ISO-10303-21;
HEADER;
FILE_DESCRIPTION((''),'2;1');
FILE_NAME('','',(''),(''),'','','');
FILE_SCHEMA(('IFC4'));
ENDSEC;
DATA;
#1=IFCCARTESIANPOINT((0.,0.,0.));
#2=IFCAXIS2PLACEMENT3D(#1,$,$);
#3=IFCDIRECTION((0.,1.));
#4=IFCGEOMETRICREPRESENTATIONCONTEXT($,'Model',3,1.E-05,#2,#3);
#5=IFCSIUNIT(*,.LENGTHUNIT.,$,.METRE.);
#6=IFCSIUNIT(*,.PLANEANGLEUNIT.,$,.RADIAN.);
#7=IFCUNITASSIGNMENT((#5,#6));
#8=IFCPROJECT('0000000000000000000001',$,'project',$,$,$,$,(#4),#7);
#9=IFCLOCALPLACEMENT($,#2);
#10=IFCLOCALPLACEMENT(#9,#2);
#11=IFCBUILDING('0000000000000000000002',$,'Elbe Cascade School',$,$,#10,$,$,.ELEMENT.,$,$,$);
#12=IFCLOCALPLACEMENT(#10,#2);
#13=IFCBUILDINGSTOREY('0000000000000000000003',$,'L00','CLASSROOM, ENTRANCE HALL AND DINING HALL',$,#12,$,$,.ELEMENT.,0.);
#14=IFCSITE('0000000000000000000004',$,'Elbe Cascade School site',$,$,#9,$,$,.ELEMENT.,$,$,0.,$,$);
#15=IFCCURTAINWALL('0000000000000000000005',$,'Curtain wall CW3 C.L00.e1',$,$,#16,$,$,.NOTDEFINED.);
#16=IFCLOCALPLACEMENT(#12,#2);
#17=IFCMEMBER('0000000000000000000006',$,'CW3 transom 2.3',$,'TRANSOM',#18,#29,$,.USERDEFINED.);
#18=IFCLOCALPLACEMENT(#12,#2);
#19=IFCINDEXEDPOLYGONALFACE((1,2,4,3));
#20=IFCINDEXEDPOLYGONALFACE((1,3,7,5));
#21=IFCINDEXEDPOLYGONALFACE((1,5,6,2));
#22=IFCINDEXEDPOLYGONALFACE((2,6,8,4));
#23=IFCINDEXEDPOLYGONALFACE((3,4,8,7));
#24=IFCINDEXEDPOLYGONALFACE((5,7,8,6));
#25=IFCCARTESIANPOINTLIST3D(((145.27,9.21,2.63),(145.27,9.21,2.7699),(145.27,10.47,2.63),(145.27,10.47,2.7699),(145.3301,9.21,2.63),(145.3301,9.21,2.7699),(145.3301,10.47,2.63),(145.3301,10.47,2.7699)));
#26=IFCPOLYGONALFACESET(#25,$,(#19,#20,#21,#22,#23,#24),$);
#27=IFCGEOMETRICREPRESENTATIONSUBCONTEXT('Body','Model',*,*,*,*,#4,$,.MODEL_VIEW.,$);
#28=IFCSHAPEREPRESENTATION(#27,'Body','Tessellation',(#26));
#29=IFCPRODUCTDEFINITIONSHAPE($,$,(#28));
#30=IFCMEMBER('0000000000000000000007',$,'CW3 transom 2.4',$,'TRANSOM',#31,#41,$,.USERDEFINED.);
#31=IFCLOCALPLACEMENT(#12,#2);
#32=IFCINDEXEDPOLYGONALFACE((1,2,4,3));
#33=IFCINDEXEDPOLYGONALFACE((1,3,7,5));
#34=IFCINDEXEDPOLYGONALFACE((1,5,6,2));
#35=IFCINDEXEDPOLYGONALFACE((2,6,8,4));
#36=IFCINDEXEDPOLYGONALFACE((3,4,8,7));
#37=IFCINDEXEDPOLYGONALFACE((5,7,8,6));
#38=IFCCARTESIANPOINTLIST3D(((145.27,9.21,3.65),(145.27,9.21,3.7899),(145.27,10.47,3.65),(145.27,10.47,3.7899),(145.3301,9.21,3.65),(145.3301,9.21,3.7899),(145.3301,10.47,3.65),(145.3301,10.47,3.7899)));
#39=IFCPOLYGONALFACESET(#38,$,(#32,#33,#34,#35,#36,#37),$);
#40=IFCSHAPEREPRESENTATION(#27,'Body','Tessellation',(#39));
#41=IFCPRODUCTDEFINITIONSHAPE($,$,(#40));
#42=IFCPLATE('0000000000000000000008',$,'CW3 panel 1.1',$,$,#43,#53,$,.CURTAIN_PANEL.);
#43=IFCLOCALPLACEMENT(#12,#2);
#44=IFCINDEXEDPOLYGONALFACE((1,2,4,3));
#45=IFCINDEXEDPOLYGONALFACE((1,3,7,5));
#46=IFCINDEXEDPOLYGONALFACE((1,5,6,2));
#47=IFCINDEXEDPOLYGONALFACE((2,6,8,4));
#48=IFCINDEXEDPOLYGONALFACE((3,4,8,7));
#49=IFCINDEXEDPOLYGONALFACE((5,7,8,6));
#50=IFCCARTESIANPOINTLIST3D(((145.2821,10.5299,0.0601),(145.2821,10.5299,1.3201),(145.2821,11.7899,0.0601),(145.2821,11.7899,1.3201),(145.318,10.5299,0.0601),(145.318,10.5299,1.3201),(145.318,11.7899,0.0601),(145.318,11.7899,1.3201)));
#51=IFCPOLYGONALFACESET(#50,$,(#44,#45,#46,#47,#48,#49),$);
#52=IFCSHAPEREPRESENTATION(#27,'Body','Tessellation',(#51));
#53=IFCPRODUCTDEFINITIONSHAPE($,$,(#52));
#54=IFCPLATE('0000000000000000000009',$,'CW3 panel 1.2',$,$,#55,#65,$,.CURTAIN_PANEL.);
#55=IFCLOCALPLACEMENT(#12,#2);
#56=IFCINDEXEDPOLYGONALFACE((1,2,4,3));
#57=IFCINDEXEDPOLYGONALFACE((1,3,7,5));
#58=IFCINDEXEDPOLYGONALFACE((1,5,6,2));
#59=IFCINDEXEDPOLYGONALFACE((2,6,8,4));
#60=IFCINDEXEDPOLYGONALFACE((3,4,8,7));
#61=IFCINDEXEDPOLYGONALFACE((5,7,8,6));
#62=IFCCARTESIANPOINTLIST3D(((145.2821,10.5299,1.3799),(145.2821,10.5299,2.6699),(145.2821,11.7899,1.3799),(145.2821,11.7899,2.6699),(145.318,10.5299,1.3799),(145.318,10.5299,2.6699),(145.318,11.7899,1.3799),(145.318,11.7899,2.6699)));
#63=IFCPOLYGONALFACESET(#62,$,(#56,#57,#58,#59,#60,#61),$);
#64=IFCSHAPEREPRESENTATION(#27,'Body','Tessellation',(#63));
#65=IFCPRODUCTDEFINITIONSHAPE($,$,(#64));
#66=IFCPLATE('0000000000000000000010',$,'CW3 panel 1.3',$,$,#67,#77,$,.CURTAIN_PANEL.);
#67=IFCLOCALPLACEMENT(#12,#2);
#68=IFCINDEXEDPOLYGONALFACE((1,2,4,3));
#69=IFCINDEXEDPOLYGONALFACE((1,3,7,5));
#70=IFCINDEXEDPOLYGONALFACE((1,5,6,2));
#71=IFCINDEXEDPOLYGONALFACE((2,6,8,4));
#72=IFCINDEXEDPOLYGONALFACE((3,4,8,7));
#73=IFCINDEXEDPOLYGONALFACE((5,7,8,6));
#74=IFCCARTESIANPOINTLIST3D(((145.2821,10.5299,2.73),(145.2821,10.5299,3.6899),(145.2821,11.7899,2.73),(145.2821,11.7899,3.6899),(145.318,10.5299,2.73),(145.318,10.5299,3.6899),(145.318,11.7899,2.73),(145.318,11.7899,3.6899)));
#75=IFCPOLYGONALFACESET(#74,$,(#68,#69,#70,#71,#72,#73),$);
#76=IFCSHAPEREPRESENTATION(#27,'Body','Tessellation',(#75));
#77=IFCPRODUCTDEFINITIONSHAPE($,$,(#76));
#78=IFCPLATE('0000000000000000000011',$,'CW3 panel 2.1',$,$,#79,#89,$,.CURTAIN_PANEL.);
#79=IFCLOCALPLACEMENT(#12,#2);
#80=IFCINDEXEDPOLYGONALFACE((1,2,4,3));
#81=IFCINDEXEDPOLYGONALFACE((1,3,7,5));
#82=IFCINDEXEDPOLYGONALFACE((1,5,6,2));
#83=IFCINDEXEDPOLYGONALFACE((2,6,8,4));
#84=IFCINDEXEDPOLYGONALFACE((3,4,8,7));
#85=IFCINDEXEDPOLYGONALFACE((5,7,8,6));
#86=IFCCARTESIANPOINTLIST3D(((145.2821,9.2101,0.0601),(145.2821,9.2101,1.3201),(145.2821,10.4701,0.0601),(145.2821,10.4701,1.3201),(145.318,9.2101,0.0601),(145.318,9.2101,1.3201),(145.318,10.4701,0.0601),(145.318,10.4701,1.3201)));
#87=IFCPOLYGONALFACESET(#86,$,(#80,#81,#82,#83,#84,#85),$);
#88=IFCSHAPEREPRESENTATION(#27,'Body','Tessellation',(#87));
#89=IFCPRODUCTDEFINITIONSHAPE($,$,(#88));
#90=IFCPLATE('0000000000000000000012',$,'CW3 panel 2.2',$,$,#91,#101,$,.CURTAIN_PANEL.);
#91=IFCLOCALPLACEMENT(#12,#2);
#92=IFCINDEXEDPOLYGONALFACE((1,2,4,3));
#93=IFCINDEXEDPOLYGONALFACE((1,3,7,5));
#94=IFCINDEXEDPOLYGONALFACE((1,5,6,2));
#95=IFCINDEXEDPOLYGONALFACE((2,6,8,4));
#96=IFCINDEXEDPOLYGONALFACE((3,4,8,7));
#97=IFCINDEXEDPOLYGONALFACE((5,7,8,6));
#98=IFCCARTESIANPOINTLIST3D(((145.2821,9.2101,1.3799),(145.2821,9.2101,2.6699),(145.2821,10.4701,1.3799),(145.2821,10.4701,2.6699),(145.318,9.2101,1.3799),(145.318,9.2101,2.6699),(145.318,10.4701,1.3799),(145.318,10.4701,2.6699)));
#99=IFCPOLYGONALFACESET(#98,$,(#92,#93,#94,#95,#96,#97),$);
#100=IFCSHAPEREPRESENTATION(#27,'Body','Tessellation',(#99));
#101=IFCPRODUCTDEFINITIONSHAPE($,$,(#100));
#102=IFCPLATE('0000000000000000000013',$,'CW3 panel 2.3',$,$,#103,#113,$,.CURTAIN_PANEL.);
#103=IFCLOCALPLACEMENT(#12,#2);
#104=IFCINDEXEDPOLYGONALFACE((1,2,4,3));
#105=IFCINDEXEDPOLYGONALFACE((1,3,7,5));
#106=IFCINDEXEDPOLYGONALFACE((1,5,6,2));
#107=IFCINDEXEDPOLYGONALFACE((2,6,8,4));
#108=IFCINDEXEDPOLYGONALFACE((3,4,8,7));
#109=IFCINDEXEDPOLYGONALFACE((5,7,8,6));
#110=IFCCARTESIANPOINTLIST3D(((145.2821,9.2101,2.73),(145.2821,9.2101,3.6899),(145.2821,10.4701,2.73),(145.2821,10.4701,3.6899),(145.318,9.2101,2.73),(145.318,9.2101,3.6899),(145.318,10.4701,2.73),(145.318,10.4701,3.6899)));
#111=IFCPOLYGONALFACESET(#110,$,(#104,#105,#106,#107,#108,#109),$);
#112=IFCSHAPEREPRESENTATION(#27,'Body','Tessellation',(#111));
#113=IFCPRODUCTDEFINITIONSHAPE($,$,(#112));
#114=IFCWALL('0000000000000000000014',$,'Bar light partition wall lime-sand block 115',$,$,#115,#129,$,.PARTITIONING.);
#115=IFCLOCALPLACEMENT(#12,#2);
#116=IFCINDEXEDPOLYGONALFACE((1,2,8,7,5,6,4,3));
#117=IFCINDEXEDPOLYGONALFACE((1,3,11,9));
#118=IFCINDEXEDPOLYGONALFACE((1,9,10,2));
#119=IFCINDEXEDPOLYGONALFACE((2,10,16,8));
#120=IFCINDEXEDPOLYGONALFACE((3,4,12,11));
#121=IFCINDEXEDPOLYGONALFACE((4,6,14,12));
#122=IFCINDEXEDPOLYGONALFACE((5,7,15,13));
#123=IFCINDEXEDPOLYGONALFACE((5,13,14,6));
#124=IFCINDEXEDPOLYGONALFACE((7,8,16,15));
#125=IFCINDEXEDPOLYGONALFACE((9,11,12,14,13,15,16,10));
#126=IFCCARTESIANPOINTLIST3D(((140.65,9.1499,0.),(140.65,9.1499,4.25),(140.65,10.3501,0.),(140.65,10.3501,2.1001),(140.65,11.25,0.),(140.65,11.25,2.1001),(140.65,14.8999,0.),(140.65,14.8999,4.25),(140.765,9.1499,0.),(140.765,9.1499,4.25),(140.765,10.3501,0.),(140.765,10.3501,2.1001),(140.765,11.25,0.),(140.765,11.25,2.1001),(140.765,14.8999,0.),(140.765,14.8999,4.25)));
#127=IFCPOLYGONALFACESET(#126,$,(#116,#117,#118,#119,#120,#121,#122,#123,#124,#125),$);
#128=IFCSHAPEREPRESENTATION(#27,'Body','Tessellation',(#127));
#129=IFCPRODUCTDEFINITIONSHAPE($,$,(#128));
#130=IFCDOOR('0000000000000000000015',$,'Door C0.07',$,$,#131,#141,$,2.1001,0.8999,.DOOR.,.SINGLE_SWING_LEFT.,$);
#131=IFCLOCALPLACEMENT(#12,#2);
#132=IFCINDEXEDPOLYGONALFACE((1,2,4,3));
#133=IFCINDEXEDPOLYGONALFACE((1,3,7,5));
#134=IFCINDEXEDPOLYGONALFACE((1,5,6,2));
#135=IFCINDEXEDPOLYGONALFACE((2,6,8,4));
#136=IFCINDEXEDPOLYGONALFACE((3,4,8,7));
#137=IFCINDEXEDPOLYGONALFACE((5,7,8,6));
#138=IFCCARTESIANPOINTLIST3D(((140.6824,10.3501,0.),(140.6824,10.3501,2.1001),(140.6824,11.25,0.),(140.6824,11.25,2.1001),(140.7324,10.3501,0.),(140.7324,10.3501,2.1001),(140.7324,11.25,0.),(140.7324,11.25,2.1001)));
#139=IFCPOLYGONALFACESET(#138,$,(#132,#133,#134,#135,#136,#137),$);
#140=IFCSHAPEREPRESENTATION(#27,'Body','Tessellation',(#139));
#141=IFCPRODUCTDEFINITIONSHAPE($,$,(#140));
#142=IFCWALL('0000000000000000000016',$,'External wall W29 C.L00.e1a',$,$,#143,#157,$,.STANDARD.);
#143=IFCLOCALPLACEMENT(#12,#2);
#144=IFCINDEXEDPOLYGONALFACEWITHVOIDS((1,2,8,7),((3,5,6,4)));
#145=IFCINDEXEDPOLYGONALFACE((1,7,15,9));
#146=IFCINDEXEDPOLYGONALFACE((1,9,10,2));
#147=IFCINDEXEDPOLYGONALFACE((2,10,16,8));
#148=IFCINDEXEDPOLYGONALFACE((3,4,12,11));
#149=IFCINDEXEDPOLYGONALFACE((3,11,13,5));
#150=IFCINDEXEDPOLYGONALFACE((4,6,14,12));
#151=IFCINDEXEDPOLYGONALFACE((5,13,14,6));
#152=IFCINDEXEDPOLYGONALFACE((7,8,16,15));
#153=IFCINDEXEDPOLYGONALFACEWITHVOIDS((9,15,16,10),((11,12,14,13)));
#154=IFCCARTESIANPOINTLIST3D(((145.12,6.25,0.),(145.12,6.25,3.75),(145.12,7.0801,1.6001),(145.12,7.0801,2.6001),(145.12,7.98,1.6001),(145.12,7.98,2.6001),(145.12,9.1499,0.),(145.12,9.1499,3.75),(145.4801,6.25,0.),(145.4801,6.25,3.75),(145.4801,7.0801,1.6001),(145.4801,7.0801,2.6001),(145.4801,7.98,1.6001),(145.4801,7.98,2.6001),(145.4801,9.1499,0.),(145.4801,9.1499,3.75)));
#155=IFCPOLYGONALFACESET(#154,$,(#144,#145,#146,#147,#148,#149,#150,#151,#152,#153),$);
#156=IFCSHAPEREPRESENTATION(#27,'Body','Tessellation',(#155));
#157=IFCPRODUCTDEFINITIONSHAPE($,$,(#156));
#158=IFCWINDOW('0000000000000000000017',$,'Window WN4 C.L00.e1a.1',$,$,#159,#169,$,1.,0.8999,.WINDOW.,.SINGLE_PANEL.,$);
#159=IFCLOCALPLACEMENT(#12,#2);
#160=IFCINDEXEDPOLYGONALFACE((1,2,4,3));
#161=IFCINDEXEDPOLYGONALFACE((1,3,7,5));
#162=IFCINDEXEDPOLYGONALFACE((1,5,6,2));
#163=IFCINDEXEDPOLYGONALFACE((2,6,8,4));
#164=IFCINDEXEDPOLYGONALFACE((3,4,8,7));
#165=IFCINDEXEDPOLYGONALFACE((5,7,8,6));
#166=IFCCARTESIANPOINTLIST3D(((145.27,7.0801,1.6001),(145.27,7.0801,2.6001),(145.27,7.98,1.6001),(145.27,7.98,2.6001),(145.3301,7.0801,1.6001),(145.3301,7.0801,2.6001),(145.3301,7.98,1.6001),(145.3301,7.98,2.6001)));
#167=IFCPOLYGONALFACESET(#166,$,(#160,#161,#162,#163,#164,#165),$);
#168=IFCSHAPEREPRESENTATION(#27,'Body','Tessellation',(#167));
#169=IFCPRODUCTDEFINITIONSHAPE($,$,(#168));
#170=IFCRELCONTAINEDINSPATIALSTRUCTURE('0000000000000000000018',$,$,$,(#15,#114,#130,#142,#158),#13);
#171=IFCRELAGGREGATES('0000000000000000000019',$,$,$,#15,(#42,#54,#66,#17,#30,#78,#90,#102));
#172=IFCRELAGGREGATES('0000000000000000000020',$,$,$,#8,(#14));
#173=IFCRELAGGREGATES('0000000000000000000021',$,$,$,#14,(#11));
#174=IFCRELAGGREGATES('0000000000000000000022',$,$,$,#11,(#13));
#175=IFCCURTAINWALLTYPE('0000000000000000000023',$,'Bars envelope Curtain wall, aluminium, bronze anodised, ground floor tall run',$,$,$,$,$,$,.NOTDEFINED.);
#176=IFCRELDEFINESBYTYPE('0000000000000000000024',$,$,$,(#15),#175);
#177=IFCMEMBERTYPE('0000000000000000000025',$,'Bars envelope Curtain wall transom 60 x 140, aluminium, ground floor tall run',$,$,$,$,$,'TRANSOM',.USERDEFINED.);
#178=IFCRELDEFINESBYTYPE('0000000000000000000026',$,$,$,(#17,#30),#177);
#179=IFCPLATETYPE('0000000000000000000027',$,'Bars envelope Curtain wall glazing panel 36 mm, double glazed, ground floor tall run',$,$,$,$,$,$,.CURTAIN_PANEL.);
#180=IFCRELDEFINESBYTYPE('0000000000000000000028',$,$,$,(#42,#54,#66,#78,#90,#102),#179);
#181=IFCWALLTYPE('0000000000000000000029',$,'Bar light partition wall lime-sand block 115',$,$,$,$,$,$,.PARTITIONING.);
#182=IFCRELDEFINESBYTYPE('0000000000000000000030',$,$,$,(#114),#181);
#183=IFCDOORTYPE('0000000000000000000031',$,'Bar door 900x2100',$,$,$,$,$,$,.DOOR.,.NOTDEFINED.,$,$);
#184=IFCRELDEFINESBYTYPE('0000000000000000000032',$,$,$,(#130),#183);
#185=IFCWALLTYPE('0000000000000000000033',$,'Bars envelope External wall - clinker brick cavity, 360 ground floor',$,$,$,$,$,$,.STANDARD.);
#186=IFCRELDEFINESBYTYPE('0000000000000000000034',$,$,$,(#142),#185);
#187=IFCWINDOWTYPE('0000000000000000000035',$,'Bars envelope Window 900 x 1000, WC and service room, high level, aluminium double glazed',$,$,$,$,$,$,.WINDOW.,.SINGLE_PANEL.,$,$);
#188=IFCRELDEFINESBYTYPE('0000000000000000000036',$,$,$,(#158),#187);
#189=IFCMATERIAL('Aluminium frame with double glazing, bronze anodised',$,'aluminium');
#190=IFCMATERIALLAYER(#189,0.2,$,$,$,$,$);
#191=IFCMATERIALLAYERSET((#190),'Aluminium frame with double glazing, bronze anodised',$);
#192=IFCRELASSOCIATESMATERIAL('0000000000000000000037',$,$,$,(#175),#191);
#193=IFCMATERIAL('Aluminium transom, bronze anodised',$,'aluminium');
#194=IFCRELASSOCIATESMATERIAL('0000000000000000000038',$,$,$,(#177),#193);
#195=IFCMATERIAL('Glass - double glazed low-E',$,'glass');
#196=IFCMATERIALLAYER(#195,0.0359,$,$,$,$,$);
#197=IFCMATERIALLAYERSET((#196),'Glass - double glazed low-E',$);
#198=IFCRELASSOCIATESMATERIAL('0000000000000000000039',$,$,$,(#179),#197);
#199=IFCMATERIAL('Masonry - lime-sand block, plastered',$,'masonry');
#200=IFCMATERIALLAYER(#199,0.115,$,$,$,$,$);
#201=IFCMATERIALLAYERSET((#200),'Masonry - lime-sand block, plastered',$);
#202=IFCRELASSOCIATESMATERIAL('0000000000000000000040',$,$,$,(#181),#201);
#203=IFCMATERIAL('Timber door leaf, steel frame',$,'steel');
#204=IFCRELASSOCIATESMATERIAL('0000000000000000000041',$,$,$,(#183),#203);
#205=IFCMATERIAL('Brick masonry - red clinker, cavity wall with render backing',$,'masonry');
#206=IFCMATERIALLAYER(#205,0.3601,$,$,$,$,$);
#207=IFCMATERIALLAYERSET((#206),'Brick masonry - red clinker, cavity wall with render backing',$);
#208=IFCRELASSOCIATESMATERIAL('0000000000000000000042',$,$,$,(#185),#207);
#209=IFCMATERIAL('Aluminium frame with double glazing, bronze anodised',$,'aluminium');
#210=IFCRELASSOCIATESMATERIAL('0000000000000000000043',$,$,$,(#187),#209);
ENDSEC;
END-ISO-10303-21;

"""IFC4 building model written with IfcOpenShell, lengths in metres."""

from ifc_helpers import new_model, si_unit, direction, frame, frame_2d, origin, origin_2d, place, context, subcontext, project, spatial, rectangle, extrude, material, layer, layer_set, material_profile, profile_set, type_object, element, fill, aggregate, save


model = new_model("IFC4")

# Units and contexts
model_context = context("Model", 3, precision=1e-05, world=origin(), true_north=direction((0.0, 1.0)))
body_context = subcontext(model_context, "Body", "Model", "MODEL_VIEW")
ifc_project = project(units=[si_unit("LENGTHUNIT", "METRE"), si_unit("PLANEANGLEUNIT", "RADIAN")], contexts=[model_context])

# Site, building, storey
site_placement = place(None, origin())
site = spatial("IfcSite", under=ifc_project, at=site_placement, Name="Elbe Cascade School site", CompositionType="ELEMENT", RefElevation=0.0)
building_placement = place(site_placement, origin())
building = spatial("IfcBuilding", under=site, at=building_placement, Name="Elbe Cascade School", CompositionType="ELEMENT")
storey_placement = place(building_placement, origin())
storey = spatial("IfcBuildingStorey", under=building, at=storey_placement, Name="L00", Description="CLASSROOM, ENTRANCE HALL AND DINING HALL", CompositionType="ELEMENT", Elevation=0.0)

# Curtain wall, members, plates
ifc_material_1 = material(Name="Aluminium frame with double glazing, bronze anodised", Category="aluminium")
ifc_layer_1 = layer(ifc_material_1, 0.2)
ifc_layer_set_1 = layer_set([ifc_layer_1], Name="Aluminium frame with double glazing, bronze anodised")
curtain_wall_type = type_object("IfcCurtainWallType", Name="Bars envelope Curtain wall, aluminium, bronze anodised, ground floor tall run", PredefinedType="NOTDEFINED", material=ifc_layer_set_1)
curtain_wall_placement = place(storey_placement, origin())
curtain_wall = element("IfcCurtainWall", 1, at=curtain_wall_placement, inside=storey, type_object=curtain_wall_type, Name="Curtain wall CW3 C.L00.e1", PredefinedType="NOTDEFINED")
ifc_material_2 = material(Name="Aluminium transom, bronze anodised", Category="aluminium")
ifc_material_profile_1 = material_profile(ifc_material_2, rectangle(XDim=0.0601, YDim=0.1399, at=origin_2d()), Name="Bars envelope Curtain wall transom 60 x 140, aluminium, ground floor tall run")
ifc_profile_set_1 = profile_set([ifc_material_profile_1], Name="Aluminium transom, bronze anodised")
member_type_1 = type_object("IfcMemberType", Name="Bars envelope Curtain wall transom 60 x 140, aluminium, ground floor tall run", ElementType="TRANSOM", PredefinedType="USERDEFINED", material=ifc_profile_set_1)
member_1_placement = place(storey_placement, frame((145.3, 10.47, 2.7), z_axis=(0.0, -1.0, 0.0), x_axis=(1.0, 0.0, 0.0)))
member_1 = element("IfcMember", 2, at=member_1_placement, type_object=member_type_1, Name="CW3 transom 2.3", ObjectType="TRANSOM", PredefinedType="USERDEFINED", context=body_context, shape_type="SweptSolid", body=[
    extrude(rectangle(XDim=0.0601, YDim=0.1399, at=origin_2d()), origin(), (0.0, 0.0, 1.0), 1.26),
])
member_2_placement = place(storey_placement, frame((145.3, 10.47, 3.72), z_axis=(0.0, -1.0, 0.0), x_axis=(1.0, 0.0, 0.0)))
member_2 = element("IfcMember", 3, at=member_2_placement, type_object=member_type_1, Name="CW3 transom 2.4", ObjectType="TRANSOM", PredefinedType="USERDEFINED", context=body_context, shape_type="SweptSolid", body=[
    extrude(rectangle(XDim=0.0601, YDim=0.1399, at=origin_2d()), origin(), (0.0, 0.0, 1.0), 1.26),
])
ifc_material_3 = material(Name="Glass - double glazed low-E", Category="glass")
ifc_layer_2 = layer(ifc_material_3, 0.0359)
ifc_layer_set_2 = layer_set([ifc_layer_2], Name="Glass - double glazed low-E")
plate_type = type_object("IfcPlateType", Name="Bars envelope Curtain wall glazing panel 36 mm, double glazed, ground floor tall run", PredefinedType="CURTAIN_PANEL", material=ifc_layer_set_2)
plate_1_placement = place(storey_placement, frame((145.3, 11.1599, 0.0601), z_axis=(0.0, 0.0, 1.0), x_axis=(0.0, -1.0, 0.0)))
plate_1 = element("IfcPlate", 4, at=plate_1_placement, type_object=plate_type, Name="CW3 panel 1.1", PredefinedType="CURTAIN_PANEL", context=body_context, shape_type="SweptSolid", body=[
    extrude(rectangle(XDim=1.26, YDim=0.0359, at=origin_2d()), origin(), (0.0, 0.0, 1.0), 1.26),
])
plate_2_placement = place(storey_placement, frame((145.3, 11.1599, 1.3799), z_axis=(0.0, 0.0, 1.0), x_axis=(0.0, -1.0, 0.0)))
plate_2 = element("IfcPlate", 5, at=plate_2_placement, type_object=plate_type, Name="CW3 panel 1.2", PredefinedType="CURTAIN_PANEL", context=body_context, shape_type="SweptSolid", body=[
    extrude(rectangle(XDim=1.26, YDim=0.0359, at=origin_2d()), origin(), (0.0, 0.0, 1.0), 1.29),
])
plate_3_placement = place(storey_placement, frame((145.3, 11.1599, 2.73), z_axis=(0.0, 0.0, 1.0), x_axis=(0.0, -1.0, 0.0)))
plate_3 = element("IfcPlate", 6, at=plate_3_placement, type_object=plate_type, Name="CW3 panel 1.3", PredefinedType="CURTAIN_PANEL", context=body_context, shape_type="SweptSolid", body=[
    extrude(rectangle(XDim=1.26, YDim=0.0359, at=origin_2d()), origin(), (0.0, 0.0, 1.0), 0.96),
])
plate_4_placement = place(storey_placement, frame((145.3, 9.8401, 0.0601), z_axis=(0.0, 0.0, 1.0), x_axis=(0.0, -1.0, 0.0)))
plate_4 = element("IfcPlate", 7, at=plate_4_placement, type_object=plate_type, Name="CW3 panel 2.1", PredefinedType="CURTAIN_PANEL", context=body_context, shape_type="SweptSolid", body=[
    extrude(rectangle(XDim=1.26, YDim=0.0359, at=origin_2d()), origin(), (0.0, 0.0, 1.0), 1.26),
])
plate_5_placement = place(storey_placement, frame((145.3, 9.8401, 1.3799), z_axis=(0.0, 0.0, 1.0), x_axis=(0.0, -1.0, 0.0)))
plate_5 = element("IfcPlate", 8, at=plate_5_placement, type_object=plate_type, Name="CW3 panel 2.2", PredefinedType="CURTAIN_PANEL", context=body_context, shape_type="SweptSolid", body=[
    extrude(rectangle(XDim=1.26, YDim=0.0359, at=origin_2d()), origin(), (0.0, 0.0, 1.0), 1.29),
])
plate_6_placement = place(storey_placement, frame((145.3, 9.8401, 2.73), z_axis=(0.0, 0.0, 1.0), x_axis=(0.0, -1.0, 0.0)))
plate_6 = element("IfcPlate", 9, at=plate_6_placement, type_object=plate_type, Name="CW3 panel 2.3", PredefinedType="CURTAIN_PANEL", context=body_context, shape_type="SweptSolid", body=[
    extrude(rectangle(XDim=1.26, YDim=0.0359, at=origin_2d()), origin(), (0.0, 0.0, 1.0), 0.96),
])
aggregate(curtain_wall, [plate_1, plate_2, plate_3, member_1, member_2, plate_4, plate_5, plate_6])

# Wall, opening, door
ifc_material_4 = material(Name="Masonry - lime-sand block, plastered", Category="masonry")
ifc_layer_3 = layer(ifc_material_4, 0.115)
ifc_layer_set_3 = layer_set([ifc_layer_3], Name="Masonry - lime-sand block, plastered")
wall_type_1 = type_object("IfcWallType", Name="Bar light partition wall lime-sand block 115", PredefinedType="PARTITIONING", material=ifc_layer_set_3)
wall_1_placement = place(storey_placement, frame((140.7075, 14.8999, 0.0), z_axis=(0.0, 0.0, 1.0), x_axis=(0.0, -1.0, 0.0)))
wall_1 = element("IfcWall", 10, at=wall_1_placement, inside=storey, type_object=wall_type_1, Name="Bar light partition wall lime-sand block 115", PredefinedType="PARTITIONING", context=body_context, shape_type="SweptSolid", body=[
    extrude(rectangle(XDim=5.75, YDim=0.115, at=frame_2d((2.875, 0.0))), origin(), (0.0, 0.0, 1.0), 4.25),
])
opening_1_placement = place(wall_1_placement, frame((3.6499, 0.0, 0.0)))
opening_1 = element("IfcOpeningElement", 11, at=opening_1_placement, cuts=wall_1, PredefinedType="OPENING", context=body_context, shape_type="SweptSolid", body=[
    extrude(rectangle(XDim=0.8999, YDim=2.1001, at=frame_2d((0.45, 1.05))), frame((0.0, 0.0674, 0.0), z_axis=(0.0, -1.0, 0.0), x_axis=(1.0, 0.0, 0.0)), (0.0, 0.0, 1.0), 0.135),
])
ifc_material_5 = material(Name="Timber door leaf, steel frame", Category="steel")
door_type = type_object("IfcDoorType", Name="Bar door 900x2100", OperationType="NOTDEFINED", PredefinedType="DOOR", material=ifc_material_5)
door_placement = place(opening_1_placement, origin())
door = element("IfcDoor", 12, at=door_placement, inside=storey, type_object=door_type, Name="Door C0.07", OperationType="SINGLE_SWING_LEFT", OverallHeight=2.1001, OverallWidth=0.8999, PredefinedType="DOOR", context=body_context, shape_type="SweptSolid", body=[
    extrude(rectangle(XDim=0.8999, YDim=2.1001, at=frame_2d((0.45, 1.05))), frame((0.0, 0.0249, 0.0), z_axis=(0.0, -1.0, 0.0), x_axis=(1.0, 0.0, 0.0)), (0.0, 0.0, 1.0), 0.05),
])
fill(opening_1, door)

# Wall, opening, window
ifc_material_6 = material(Name="Brick masonry - red clinker, cavity wall with render backing", Category="masonry")
ifc_layer_4 = layer(ifc_material_6, 0.3601)
ifc_layer_set_4 = layer_set([ifc_layer_4], Name="Brick masonry - red clinker, cavity wall with render backing")
wall_type_2 = type_object("IfcWallType", Name="Bars envelope External wall - clinker brick cavity, 360 ground floor", PredefinedType="STANDARD", material=ifc_layer_set_4)
wall_2_placement = place(storey_placement, frame((145.3, 9.1499, 0.0), z_axis=(0.0, 0.0, 1.0), x_axis=(0.0, -1.0, 0.0)))
wall_2 = element("IfcWall", 13, at=wall_2_placement, inside=storey, type_object=wall_type_2, Name="External wall W29 C.L00.e1a", PredefinedType="STANDARD", context=body_context, shape_type="SweptSolid", body=[
    extrude(rectangle(XDim=2.8999, YDim=0.3601, at=frame_2d((1.45, 0.0))), origin(), (0.0, 0.0, 1.0), 3.75),
])
opening_2_placement = place(wall_2_placement, frame((1.1699, 0.0, 1.6001)))
opening_2 = element("IfcOpeningElement", 14, at=opening_2_placement, cuts=wall_2, PredefinedType="OPENING", context=body_context, shape_type="SweptSolid", body=[
    extrude(rectangle(XDim=0.8999, YDim=1.0, at=frame_2d((0.45, 0.5))), frame((0.0, 0.1899, 0.0), z_axis=(0.0, -1.0, 0.0), x_axis=(1.0, 0.0, 0.0)), (0.0, 0.0, 1.0), 0.3801),
])
ifc_material_7 = material(Name="Aluminium frame with double glazing, bronze anodised", Category="aluminium")
window_type = type_object("IfcWindowType", Name="Bars envelope Window 900 x 1000, WC and service room, high level, aluminium double glazed", PartitioningType="SINGLE_PANEL", PredefinedType="WINDOW", material=ifc_material_7)
window_1_placement = place(opening_2_placement, origin())
window_1 = element("IfcWindow", 15, at=window_1_placement, inside=storey, type_object=window_type, Name="Window WN4 C.L00.e1a.1", OverallHeight=1.0, OverallWidth=0.8999, PartitioningType="SINGLE_PANEL", PredefinedType="WINDOW", context=body_context, shape_type="SweptSolid", body=[
    extrude(rectangle(XDim=0.8999, YDim=1.0, at=frame_2d((0.45, 0.5))), frame((0.0, 0.03, 0.0), z_axis=(0.0, -1.0, 0.0), x_axis=(1.0, 0.0, 0.0)), (0.0, 0.0, 1.0), 0.0601),
])
fill(opening_2, window_1)

save(model, "model.ifc")
